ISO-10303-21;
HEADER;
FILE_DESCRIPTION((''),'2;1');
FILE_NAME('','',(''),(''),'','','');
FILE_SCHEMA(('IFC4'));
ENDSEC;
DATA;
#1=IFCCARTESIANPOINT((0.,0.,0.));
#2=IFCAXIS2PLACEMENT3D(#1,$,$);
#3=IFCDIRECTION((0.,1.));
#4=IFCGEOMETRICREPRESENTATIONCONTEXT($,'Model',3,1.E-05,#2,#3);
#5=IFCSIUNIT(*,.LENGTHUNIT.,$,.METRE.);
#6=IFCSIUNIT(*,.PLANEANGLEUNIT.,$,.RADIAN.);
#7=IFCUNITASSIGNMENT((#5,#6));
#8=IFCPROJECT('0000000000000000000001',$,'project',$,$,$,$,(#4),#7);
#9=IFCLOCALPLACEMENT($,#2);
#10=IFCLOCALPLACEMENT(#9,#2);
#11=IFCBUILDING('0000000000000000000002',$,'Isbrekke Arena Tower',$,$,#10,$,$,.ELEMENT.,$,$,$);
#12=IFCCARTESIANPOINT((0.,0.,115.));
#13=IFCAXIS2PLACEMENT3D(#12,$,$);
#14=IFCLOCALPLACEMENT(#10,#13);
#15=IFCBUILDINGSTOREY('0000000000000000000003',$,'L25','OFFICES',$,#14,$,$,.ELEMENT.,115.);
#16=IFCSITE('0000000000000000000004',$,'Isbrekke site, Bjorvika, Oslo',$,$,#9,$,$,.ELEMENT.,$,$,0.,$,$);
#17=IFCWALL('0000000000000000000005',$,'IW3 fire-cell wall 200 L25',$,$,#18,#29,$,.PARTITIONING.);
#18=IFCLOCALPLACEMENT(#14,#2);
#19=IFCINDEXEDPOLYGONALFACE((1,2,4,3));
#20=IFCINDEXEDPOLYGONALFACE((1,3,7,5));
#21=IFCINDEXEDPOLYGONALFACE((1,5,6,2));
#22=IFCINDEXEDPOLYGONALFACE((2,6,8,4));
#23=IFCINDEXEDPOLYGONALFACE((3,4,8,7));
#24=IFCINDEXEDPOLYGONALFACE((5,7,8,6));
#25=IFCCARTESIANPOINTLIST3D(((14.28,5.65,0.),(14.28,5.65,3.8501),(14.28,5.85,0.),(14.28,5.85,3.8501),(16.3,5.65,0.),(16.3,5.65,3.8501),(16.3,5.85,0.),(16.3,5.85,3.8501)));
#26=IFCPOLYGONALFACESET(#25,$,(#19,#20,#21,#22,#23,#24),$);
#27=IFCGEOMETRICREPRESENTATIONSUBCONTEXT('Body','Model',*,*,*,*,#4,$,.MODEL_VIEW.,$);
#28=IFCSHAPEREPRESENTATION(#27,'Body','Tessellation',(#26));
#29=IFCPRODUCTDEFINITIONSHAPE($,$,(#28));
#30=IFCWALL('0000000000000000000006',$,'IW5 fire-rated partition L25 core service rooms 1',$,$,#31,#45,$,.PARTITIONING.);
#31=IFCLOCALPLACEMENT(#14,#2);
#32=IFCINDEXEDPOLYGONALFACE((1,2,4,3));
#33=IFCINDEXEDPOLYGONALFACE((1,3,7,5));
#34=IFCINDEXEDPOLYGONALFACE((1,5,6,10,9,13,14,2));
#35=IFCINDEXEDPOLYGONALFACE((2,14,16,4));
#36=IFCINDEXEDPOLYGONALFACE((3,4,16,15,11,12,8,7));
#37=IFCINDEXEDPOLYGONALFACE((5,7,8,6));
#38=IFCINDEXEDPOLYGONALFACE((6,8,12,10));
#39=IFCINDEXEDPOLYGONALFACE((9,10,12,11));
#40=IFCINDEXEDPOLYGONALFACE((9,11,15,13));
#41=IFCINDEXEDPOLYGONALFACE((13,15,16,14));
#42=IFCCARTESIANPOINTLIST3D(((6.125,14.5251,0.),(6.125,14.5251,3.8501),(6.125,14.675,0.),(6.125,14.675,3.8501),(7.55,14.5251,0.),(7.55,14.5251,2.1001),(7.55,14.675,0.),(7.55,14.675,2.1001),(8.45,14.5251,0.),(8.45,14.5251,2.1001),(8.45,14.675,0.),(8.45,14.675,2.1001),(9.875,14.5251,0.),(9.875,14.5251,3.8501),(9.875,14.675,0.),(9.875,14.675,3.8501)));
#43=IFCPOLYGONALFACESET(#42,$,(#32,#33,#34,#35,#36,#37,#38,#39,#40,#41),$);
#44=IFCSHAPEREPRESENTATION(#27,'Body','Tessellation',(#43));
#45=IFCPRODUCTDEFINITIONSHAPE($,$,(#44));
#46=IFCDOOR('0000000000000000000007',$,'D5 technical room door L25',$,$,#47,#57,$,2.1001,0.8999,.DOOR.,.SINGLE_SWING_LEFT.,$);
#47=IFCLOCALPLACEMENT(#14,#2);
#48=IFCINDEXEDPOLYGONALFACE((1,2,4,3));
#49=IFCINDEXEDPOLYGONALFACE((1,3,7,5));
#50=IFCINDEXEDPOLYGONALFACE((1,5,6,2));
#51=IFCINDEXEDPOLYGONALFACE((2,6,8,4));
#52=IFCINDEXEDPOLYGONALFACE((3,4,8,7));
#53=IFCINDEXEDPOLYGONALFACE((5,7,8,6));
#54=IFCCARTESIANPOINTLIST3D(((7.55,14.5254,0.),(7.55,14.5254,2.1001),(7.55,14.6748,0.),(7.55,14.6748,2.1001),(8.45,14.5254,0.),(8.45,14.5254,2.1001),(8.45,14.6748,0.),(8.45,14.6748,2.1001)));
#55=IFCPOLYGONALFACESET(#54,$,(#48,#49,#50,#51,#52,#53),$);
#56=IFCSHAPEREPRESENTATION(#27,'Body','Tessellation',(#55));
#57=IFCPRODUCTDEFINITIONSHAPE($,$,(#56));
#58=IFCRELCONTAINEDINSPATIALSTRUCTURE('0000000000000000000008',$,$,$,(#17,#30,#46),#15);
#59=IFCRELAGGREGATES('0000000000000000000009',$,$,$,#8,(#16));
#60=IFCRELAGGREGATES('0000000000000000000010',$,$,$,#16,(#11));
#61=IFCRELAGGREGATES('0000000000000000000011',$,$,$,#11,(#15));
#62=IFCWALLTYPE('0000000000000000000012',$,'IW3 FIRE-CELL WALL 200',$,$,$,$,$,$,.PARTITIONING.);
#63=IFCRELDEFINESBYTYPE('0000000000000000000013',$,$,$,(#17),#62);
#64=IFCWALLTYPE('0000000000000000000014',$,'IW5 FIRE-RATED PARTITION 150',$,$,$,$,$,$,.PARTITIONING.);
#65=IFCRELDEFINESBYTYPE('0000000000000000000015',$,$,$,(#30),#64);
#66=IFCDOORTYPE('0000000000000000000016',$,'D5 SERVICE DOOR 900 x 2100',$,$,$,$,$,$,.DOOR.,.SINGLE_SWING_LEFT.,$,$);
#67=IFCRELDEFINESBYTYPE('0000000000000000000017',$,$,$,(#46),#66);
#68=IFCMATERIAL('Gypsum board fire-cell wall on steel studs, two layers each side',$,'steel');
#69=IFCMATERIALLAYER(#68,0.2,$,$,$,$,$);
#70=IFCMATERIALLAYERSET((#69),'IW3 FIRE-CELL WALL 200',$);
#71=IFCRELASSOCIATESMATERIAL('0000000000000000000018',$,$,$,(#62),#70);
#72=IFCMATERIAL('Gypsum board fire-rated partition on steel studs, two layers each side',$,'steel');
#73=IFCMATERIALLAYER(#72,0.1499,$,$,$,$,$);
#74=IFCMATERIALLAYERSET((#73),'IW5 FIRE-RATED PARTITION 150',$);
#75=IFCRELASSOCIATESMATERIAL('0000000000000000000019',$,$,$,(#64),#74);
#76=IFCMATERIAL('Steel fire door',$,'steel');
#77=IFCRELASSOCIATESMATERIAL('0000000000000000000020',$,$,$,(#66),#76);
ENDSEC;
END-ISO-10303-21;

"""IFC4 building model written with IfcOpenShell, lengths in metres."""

from ifc_helpers import new_model, si_unit, direction, frame, frame_2d, origin, place, context, subcontext, project, spatial, rectangle, extrude, material, layer, layer_set, type_object, element, fill, save


model = new_model("IFC4")

# Units and contexts
model_context = context("Model", 3, precision=1e-05, world=origin(), true_north=direction((0.0, 1.0)))
body_context = subcontext(model_context, "Body", "Model", "MODEL_VIEW")
ifc_project = project(units=[si_unit("LENGTHUNIT", "METRE"), si_unit("PLANEANGLEUNIT", "RADIAN")], contexts=[model_context])

# Site, building, storey
site_placement = place(None, origin())
site = spatial("IfcSite", under=ifc_project, at=site_placement, Name="Isbrekke site, Bjorvika, Oslo", CompositionType="ELEMENT", RefElevation=0.0)
building_placement = place(site_placement, origin())
building = spatial("IfcBuilding", under=site, at=building_placement, Name="Isbrekke Arena Tower", CompositionType="ELEMENT")
storey_placement = place(building_placement, frame((0.0, 0.0, 115.0)))
storey = spatial("IfcBuildingStorey", under=building, at=storey_placement, Name="L25", Description="OFFICES", CompositionType="ELEMENT", Elevation=115.0)

# Wall
ifc_material_1 = material(Name="Gypsum board fire-cell wall on steel studs, two layers each side", Category="steel")
ifc_layer_1 = layer(ifc_material_1, 0.2)
ifc_layer_set_1 = layer_set([ifc_layer_1], Name="IW3 FIRE-CELL WALL 200")
wall_type_1 = type_object("IfcWallType", Name="IW3 FIRE-CELL WALL 200", PredefinedType="PARTITIONING", material=ifc_layer_set_1)
wall_1_placement = place(storey_placement, frame((14.28, 5.75, 0.0), z_axis=(0.0, 0.0, 1.0), x_axis=(1.0, 0.0, 0.0)))
element("IfcWall", 1, at=wall_1_placement, inside=storey, type_object=wall_type_1, Name="IW3 fire-cell wall 200 L25", PredefinedType="PARTITIONING", context=body_context, shape_type="SweptSolid", body=[
    extrude(rectangle(XDim=2.02, YDim=0.2, at=frame_2d((1.01, 0.0))), origin(), (0.0, 0.0, 1.0), 3.8501),
])

# Wall, opening, door
ifc_material_2 = material(Name="Gypsum board fire-rated partition on steel studs, two layers each side", Category="steel")
ifc_layer_2 = layer(ifc_material_2, 0.1499)
ifc_layer_set_2 = layer_set([ifc_layer_2], Name="IW5 FIRE-RATED PARTITION 150")
wall_type_2 = type_object("IfcWallType", Name="IW5 FIRE-RATED PARTITION 150", PredefinedType="PARTITIONING", material=ifc_layer_set_2)
wall_2_placement = place(storey_placement, frame((6.125, 14.6001, 0.0), z_axis=(0.0, 0.0, 1.0), x_axis=(1.0, 0.0, 0.0)))
wall_2 = element("IfcWall", 2, at=wall_2_placement, inside=storey, type_object=wall_type_2, Name="IW5 fire-rated partition L25 core service rooms 1", PredefinedType="PARTITIONING", context=body_context, shape_type="SweptSolid", body=[
    extrude(rectangle(XDim=3.75, YDim=0.1499, at=frame_2d((1.875, 0.0))), origin(), (0.0, 0.0, 1.0), 3.8501),
])
opening_1_placement = place(wall_2_placement, frame((1.425, 0.0, 0.0)))
opening_1 = element("IfcOpeningElement", 3, at=opening_1_placement, cuts=wall_2, PredefinedType="OPENING", context=body_context, shape_type="SweptSolid", body=[
    extrude(rectangle(XDim=0.8999, YDim=2.1001, at=frame_2d((0.45, 1.05))), frame((0.0, 0.0898, 0.0), z_axis=(0.0, -1.0, 0.0), x_axis=(1.0, 0.0, 0.0)), (0.0, 0.0, 1.0), 0.1797),
])
ifc_material_3 = material(Name="Steel fire door", Category="steel")
door_type_1 = type_object("IfcDoorType", Name="D5 SERVICE DOOR 900 x 2100", OperationType="SINGLE_SWING_LEFT", PredefinedType="DOOR", material=ifc_material_3)
door_1_placement = place(opening_1_placement, origin())
door_1 = element("IfcDoor", 4, at=door_1_placement, inside=storey, type_object=door_type_1, Name="D5 technical room door L25", OperationType="SINGLE_SWING_LEFT", OverallHeight=2.1001, OverallWidth=0.8999, PredefinedType="DOOR", context=body_context, shape_type="SweptSolid", body=[
    extrude(rectangle(XDim=0.8999, YDim=2.1001, at=frame_2d((0.45, 1.05))), frame((0.0, 0.0747, 0.0), z_axis=(0.0, -1.0, 0.0), x_axis=(1.0, 0.0, 0.0)), (0.0, 0.0, 1.0), 0.1494),
])
fill(opening_1, door_1)

save(model, "model.ifc")
